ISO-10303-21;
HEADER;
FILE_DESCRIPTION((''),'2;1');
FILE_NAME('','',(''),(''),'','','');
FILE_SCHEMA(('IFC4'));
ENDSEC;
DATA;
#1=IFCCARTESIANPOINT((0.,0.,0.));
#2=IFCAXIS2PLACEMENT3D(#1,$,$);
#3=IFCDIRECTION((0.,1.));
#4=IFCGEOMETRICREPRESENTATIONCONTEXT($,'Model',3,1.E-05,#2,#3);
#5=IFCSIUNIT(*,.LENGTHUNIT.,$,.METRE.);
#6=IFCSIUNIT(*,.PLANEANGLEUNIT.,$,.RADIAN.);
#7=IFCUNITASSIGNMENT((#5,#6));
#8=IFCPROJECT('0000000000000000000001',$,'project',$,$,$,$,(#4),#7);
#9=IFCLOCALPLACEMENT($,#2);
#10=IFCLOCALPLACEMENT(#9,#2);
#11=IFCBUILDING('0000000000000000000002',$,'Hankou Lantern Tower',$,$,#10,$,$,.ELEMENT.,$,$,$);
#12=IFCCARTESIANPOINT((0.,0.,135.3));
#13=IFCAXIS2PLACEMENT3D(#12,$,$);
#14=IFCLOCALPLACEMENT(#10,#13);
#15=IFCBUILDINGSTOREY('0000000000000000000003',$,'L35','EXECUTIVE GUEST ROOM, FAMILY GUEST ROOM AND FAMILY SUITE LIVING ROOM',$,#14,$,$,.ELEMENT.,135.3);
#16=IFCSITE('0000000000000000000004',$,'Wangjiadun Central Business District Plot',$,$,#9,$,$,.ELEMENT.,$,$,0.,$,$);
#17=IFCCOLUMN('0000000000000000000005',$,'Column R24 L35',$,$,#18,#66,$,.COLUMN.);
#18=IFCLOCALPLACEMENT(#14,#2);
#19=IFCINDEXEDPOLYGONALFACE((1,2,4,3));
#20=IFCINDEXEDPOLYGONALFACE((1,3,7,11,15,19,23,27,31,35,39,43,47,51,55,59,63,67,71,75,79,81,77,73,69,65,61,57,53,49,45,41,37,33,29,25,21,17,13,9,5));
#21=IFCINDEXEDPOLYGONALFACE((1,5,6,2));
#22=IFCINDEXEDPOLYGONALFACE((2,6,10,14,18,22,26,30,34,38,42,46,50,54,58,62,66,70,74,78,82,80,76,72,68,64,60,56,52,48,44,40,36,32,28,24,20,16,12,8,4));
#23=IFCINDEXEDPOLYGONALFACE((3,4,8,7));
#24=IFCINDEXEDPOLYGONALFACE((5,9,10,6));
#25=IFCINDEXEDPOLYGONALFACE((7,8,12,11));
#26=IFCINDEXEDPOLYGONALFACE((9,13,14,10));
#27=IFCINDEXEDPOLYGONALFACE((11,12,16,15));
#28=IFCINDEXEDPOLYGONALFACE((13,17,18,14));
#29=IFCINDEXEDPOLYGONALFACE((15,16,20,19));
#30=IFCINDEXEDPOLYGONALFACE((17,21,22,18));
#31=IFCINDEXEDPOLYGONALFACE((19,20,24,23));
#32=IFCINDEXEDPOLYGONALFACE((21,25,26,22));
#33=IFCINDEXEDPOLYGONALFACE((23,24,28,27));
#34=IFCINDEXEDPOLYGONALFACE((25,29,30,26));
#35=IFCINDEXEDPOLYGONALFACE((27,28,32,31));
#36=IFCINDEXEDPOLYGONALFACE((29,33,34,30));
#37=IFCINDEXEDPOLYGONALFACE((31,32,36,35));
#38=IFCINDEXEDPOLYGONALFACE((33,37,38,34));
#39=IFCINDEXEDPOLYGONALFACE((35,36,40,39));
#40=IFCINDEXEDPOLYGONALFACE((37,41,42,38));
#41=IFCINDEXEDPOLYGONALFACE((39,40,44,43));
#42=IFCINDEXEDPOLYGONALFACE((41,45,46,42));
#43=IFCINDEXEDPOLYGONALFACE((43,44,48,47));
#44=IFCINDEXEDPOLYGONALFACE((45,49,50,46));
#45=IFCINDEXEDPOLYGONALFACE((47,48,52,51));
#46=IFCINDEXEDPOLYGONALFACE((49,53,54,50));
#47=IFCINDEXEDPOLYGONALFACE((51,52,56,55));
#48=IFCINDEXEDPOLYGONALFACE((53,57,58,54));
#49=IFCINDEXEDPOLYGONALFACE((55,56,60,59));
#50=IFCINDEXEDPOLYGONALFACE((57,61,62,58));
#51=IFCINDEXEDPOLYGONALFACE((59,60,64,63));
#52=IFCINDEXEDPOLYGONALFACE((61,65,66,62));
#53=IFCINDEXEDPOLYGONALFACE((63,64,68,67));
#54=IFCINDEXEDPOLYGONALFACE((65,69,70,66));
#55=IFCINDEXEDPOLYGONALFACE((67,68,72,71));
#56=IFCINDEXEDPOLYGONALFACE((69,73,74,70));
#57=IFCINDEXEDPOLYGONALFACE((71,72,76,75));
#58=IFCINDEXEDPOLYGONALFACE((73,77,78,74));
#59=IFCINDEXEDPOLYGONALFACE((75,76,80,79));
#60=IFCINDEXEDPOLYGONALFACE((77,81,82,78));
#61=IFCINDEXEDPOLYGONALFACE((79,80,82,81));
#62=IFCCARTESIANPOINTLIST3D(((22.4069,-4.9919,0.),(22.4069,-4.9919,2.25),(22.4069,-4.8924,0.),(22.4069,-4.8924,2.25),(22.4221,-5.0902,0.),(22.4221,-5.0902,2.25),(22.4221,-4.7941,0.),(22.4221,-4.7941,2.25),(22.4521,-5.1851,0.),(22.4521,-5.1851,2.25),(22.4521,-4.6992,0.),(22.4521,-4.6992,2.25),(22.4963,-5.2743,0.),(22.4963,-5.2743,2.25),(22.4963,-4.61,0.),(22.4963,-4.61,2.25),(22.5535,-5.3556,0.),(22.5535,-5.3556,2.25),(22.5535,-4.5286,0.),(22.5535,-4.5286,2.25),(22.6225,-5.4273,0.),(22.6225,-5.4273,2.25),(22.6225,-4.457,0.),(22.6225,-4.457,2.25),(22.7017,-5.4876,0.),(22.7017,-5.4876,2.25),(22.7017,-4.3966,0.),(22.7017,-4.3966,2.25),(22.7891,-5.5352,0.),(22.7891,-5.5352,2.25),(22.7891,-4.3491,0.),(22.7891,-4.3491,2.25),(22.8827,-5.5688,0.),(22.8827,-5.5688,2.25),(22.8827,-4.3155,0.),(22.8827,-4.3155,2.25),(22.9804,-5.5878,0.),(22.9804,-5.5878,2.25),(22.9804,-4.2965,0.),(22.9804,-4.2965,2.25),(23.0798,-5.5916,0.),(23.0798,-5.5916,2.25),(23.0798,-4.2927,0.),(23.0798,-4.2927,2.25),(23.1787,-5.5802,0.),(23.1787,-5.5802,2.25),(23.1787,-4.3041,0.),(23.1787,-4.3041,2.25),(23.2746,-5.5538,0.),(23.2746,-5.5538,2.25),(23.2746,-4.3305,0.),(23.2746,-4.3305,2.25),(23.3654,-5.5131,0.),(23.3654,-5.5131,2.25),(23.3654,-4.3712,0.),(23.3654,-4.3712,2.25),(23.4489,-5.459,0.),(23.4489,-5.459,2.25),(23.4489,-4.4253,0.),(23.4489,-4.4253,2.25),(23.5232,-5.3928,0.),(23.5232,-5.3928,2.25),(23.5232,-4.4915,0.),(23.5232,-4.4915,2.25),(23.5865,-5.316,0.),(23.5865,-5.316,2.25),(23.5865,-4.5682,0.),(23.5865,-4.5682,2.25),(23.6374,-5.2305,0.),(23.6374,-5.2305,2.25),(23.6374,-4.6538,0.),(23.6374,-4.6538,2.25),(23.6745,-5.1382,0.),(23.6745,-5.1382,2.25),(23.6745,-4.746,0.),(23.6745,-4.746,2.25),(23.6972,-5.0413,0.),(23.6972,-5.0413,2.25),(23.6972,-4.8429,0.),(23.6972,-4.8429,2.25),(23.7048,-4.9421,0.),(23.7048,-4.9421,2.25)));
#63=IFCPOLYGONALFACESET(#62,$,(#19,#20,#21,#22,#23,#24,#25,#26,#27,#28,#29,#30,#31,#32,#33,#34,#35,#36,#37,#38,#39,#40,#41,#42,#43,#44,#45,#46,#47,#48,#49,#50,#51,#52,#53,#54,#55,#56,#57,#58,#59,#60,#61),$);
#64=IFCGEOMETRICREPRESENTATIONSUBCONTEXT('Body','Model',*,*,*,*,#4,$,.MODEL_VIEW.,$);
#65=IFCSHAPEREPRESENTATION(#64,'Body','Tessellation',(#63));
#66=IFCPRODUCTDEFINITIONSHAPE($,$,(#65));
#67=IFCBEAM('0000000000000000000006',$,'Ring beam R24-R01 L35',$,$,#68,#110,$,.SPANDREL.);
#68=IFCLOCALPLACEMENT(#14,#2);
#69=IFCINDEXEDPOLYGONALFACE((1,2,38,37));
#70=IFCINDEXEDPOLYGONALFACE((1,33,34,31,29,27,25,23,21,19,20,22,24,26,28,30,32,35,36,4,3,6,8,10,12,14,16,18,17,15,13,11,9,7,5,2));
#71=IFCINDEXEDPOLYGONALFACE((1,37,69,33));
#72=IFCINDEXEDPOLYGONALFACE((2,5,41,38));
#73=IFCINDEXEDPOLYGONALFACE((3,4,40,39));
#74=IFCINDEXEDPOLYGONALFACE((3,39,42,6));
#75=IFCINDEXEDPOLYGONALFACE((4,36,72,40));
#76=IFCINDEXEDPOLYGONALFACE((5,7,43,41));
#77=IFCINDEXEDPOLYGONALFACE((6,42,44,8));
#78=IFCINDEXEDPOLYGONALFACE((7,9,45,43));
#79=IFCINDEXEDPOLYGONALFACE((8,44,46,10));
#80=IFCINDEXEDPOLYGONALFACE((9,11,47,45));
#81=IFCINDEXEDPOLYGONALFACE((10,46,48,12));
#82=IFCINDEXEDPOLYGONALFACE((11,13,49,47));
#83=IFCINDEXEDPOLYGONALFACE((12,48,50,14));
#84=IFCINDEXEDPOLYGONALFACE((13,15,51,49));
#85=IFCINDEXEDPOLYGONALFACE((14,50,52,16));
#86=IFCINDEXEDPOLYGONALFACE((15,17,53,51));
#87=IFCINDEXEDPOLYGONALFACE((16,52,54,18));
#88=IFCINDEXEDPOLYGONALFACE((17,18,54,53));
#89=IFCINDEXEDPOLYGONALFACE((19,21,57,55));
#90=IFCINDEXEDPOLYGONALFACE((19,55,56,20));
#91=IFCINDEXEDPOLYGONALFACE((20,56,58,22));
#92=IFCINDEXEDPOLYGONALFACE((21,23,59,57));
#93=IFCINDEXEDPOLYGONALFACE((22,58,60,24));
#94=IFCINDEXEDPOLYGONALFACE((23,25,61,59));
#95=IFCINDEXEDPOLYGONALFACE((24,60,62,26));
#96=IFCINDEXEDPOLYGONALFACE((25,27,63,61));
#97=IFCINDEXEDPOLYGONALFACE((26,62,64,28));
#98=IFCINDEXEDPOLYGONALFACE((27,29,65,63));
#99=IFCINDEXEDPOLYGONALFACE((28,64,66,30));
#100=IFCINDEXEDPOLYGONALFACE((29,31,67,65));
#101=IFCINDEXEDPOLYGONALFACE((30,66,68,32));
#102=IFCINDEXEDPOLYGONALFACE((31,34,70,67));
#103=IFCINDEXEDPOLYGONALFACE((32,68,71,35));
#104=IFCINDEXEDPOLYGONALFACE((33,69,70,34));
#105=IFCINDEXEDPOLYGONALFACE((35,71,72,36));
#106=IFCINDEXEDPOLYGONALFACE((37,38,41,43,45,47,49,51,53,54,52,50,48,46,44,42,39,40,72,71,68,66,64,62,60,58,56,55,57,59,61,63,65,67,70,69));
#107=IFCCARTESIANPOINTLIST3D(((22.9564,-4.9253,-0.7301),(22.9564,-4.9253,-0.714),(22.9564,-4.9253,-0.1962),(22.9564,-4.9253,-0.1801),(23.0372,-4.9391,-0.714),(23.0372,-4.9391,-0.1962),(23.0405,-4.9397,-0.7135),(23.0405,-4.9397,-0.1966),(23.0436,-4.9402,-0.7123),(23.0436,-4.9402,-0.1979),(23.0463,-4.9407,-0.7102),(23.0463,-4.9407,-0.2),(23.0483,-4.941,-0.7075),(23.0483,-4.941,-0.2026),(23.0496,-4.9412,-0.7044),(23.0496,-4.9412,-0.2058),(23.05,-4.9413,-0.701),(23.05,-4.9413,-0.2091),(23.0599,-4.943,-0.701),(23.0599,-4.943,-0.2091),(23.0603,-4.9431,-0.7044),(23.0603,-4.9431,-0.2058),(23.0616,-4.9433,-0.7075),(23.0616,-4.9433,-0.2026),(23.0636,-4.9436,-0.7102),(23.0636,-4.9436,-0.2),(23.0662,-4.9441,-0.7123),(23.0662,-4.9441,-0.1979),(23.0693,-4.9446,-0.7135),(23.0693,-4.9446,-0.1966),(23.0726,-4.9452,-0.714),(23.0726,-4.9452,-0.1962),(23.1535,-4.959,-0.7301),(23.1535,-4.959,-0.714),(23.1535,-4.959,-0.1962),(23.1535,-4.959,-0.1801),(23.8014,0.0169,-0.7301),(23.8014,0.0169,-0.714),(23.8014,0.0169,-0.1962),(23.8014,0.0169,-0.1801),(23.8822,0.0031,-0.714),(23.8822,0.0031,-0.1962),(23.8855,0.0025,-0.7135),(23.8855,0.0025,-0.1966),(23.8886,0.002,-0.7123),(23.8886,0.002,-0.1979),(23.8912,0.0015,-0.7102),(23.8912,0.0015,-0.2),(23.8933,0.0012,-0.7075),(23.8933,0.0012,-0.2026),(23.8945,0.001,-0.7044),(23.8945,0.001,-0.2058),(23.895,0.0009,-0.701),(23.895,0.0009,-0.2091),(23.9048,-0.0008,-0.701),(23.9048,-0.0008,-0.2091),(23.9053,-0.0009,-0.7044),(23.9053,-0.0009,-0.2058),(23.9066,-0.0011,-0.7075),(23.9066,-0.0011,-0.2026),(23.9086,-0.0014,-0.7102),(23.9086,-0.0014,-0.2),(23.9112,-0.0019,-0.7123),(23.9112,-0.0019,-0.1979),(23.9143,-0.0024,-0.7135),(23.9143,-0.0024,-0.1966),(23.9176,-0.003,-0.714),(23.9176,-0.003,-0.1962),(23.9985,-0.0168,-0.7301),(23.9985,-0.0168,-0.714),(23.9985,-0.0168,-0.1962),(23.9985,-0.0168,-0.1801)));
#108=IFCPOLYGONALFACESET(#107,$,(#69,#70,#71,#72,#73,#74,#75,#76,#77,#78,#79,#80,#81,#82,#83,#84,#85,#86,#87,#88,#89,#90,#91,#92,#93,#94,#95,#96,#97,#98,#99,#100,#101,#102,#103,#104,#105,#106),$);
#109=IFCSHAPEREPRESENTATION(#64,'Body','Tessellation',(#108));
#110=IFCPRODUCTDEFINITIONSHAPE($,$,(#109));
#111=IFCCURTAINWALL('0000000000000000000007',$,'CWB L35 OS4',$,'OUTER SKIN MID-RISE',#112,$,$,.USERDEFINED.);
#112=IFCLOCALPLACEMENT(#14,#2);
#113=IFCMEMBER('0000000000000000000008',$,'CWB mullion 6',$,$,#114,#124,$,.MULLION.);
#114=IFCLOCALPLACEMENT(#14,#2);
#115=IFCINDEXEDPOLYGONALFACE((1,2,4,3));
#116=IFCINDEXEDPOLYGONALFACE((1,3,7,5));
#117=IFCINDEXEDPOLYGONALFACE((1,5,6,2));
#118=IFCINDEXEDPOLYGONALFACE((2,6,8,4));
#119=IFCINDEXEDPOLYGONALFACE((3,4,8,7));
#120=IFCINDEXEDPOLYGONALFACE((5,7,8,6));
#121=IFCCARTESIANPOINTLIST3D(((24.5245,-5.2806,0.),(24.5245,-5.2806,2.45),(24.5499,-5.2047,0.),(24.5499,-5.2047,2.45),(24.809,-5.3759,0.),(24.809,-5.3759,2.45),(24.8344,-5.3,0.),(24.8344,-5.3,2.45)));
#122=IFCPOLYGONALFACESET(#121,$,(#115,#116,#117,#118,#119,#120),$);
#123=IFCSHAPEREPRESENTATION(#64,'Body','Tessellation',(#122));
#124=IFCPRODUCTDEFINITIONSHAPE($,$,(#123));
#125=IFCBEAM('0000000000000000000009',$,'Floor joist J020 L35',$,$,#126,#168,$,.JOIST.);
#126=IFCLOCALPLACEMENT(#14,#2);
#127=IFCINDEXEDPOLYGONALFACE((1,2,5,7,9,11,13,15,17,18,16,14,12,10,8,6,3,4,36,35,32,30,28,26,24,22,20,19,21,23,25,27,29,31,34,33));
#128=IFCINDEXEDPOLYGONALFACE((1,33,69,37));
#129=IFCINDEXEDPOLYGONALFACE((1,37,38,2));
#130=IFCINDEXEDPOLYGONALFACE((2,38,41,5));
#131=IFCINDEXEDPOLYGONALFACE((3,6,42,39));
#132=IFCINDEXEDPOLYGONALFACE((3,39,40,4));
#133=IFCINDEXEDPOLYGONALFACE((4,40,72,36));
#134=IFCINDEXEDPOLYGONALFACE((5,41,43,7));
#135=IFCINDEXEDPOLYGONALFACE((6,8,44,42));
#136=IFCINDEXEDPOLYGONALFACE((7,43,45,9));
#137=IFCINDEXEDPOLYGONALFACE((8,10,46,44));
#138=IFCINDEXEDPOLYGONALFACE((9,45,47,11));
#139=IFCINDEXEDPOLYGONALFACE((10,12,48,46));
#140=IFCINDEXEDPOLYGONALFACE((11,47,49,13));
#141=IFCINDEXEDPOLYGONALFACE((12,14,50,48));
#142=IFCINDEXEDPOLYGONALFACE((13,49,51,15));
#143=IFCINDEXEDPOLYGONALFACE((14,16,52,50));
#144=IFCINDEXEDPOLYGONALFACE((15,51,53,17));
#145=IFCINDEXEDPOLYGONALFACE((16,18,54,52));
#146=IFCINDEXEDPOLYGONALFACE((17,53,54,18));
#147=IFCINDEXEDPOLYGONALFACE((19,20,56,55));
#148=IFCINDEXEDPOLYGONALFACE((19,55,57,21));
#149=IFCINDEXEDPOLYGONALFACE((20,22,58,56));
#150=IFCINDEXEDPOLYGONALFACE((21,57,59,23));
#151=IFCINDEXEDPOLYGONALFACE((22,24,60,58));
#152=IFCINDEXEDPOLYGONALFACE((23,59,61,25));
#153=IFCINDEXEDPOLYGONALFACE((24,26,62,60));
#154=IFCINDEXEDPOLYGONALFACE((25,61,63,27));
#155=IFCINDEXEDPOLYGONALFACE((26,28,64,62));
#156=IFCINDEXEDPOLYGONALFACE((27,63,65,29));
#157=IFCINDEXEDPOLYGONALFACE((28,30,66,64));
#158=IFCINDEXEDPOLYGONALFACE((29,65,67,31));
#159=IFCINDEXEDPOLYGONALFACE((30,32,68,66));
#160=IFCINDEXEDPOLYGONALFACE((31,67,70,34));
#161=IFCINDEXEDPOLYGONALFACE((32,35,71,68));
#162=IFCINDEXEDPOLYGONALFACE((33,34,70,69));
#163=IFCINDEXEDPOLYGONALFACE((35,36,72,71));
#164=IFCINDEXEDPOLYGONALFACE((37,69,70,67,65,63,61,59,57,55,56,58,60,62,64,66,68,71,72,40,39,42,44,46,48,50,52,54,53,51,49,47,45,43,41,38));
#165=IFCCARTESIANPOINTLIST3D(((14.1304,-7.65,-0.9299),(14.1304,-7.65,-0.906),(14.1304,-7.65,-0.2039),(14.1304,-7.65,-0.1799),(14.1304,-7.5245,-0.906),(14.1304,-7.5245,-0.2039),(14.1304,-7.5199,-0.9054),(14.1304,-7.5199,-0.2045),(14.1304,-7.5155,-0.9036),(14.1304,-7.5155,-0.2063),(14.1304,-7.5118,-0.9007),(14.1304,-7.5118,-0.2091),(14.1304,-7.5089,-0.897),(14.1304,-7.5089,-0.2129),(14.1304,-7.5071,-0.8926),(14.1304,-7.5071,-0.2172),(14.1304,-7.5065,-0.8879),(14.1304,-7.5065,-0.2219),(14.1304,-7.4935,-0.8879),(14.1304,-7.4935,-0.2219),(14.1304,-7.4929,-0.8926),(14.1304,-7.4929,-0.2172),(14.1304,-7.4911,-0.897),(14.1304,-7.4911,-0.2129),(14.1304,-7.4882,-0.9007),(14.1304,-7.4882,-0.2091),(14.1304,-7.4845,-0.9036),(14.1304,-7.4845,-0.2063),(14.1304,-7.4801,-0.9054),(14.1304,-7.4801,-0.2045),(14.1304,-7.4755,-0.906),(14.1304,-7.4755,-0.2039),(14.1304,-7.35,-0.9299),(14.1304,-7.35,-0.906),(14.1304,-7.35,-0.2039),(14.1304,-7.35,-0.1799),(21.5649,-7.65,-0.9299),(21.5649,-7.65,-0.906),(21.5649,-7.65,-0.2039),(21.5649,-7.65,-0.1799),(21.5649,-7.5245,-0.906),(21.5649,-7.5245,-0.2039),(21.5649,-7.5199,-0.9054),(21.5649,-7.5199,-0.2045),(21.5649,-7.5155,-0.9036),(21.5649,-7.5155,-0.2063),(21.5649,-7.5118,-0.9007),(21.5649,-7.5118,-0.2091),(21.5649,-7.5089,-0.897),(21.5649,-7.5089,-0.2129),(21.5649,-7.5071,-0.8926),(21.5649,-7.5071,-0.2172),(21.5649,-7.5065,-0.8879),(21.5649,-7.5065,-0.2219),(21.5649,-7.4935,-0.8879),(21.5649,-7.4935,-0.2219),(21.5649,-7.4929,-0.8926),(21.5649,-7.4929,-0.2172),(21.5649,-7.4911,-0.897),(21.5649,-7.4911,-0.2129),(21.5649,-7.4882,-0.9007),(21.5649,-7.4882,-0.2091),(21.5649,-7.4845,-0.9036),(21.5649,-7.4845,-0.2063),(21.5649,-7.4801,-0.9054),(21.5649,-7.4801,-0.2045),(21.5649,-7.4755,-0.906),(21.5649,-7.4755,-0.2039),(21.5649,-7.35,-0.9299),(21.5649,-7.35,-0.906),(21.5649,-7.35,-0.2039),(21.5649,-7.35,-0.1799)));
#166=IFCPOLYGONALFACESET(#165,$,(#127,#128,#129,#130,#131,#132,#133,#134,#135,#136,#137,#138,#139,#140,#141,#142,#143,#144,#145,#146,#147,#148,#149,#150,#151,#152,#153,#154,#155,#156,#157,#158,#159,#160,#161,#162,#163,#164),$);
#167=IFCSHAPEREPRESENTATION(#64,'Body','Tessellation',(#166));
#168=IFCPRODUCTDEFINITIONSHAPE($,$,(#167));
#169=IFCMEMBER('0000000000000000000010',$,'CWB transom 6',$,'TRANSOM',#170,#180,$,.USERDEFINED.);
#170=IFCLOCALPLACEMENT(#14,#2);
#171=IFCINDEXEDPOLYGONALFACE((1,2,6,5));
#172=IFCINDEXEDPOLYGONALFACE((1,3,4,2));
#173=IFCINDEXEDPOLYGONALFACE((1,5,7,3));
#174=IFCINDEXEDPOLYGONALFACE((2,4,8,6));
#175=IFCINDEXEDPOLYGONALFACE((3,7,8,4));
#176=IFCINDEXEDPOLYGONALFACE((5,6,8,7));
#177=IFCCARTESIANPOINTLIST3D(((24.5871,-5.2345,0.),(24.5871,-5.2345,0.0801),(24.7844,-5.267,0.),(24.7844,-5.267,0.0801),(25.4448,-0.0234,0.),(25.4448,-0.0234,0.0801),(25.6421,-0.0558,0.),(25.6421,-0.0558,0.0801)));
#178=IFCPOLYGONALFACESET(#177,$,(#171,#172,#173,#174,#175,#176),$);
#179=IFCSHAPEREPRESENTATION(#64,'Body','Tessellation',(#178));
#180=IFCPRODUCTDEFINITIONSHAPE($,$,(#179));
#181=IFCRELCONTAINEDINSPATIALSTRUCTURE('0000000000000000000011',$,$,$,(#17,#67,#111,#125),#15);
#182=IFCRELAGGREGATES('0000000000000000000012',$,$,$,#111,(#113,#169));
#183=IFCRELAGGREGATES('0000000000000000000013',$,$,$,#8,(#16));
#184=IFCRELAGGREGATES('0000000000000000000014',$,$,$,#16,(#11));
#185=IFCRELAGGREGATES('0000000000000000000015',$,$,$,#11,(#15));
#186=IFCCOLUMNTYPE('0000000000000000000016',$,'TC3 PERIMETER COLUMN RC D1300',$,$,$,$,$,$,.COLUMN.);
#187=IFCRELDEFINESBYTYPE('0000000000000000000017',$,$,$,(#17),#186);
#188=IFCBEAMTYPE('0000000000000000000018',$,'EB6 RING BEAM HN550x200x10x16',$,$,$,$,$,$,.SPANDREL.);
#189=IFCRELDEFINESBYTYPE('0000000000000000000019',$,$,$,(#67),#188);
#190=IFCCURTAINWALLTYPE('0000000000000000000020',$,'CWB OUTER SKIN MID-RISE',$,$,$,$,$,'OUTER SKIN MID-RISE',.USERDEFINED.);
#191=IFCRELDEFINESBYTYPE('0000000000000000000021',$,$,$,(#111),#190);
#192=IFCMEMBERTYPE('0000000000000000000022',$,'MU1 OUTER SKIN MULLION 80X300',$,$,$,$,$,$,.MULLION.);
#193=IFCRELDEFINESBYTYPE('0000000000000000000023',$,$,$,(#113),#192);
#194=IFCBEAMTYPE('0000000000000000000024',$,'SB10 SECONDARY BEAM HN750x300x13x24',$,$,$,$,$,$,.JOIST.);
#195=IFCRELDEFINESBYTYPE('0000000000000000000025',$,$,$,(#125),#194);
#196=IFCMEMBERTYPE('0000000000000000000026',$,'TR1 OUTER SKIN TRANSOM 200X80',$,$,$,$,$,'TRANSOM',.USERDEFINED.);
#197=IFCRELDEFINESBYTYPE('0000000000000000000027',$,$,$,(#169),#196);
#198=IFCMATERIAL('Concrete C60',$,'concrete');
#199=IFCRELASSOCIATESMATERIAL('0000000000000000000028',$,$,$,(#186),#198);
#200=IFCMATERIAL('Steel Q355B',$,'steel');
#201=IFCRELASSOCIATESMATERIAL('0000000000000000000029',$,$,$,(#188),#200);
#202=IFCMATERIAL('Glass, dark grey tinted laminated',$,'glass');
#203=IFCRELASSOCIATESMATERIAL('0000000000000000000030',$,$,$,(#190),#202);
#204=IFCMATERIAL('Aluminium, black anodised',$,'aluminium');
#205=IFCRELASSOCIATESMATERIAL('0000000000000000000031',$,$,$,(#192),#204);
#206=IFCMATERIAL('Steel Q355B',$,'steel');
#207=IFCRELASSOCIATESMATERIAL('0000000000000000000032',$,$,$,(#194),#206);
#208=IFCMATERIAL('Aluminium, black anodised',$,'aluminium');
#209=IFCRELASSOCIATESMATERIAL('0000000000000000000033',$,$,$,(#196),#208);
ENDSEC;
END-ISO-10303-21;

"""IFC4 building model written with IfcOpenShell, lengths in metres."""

from ifc_helpers import new_model, si_unit, direction, frame, origin, origin_2d, place, context, subcontext, project, spatial, rectangle, circle, i_section, extrude, clip, halfspace, material, material_profile, profile_set, type_object, element, aggregate, save


model = new_model("IFC4")

# Units and contexts
model_context = context("Model", 3, precision=1e-05, world=origin(), true_north=direction((0.0, 1.0)))
body_context = subcontext(model_context, "Body", "Model", "MODEL_VIEW")
ifc_project = project(units=[si_unit("LENGTHUNIT", "METRE"), si_unit("PLANEANGLEUNIT", "RADIAN")], contexts=[model_context])

# Site, building, storey
site_placement = place(None, origin())
site = spatial("IfcSite", under=ifc_project, at=site_placement, Name="Wangjiadun Central Business District Plot", CompositionType="ELEMENT", RefElevation=0.0)
building_placement = place(site_placement, origin())
building = spatial("IfcBuilding", under=site, at=building_placement, Name="Hankou Lantern Tower", CompositionType="ELEMENT")
storey_placement = place(building_placement, frame((0.0, 0.0, 135.3)))
storey = spatial("IfcBuildingStorey", under=building, at=storey_placement, Name="L35", Description="EXECUTIVE GUEST ROOM, FAMILY GUEST ROOM AND FAMILY SUITE LIVING ROOM", CompositionType="ELEMENT", Elevation=135.3)

# Column
ifc_material_1 = material(Name="Concrete C60", Category="concrete")
ifc_material_profile_1 = material_profile(ifc_material_1, circle(Radius=0.6499, at=origin_2d()), Name="RC D1300")
ifc_profile_set_1 = profile_set([ifc_material_profile_1], Name="Concrete C60")
column_type = type_object("IfcColumnType", Name="TC3 PERIMETER COLUMN RC D1300", PredefinedType="COLUMN", material=ifc_profile_set_1)
column_placement = place(storey_placement, frame((23.0549, -4.9421, 0.0), z_axis=(0.0, 0.0, 1.0), x_axis=(1.0, 0.0, 0.0)))
element("IfcColumn", 1, at=column_placement, inside=storey, type_object=column_type, Name="Column R24 L35", PredefinedType="COLUMN", context=body_context, shape_type="Clipping", body=[
    clip(extrude(circle(Radius=0.6499, at=origin_2d()), origin(), (0.0, 0.0, 1.0), 3.3), halfspace(frame((0.0, 0.0, 2.25), z_axis=(0.0, 0.0, 1.0), x_axis=(1.0, 0.0, 0.0)), False)),
])

# Beam
ifc_material_2 = material(Name="Steel Q355B", Category="steel")
ifc_material_profile_2 = material_profile(ifc_material_2, i_section(OverallWidth=0.2, OverallDepth=0.55, WebThickness=0.01, FlangeThickness=0.0161, FilletRadius=0.0129, at=origin_2d()), Name="HN550x200x10x16")
ifc_profile_set_2 = profile_set([ifc_material_profile_2], Name="Steel Q355B")
beam_type_1 = type_object("IfcBeamType", Name="EB6 RING BEAM HN550x200x10x16", PredefinedType="SPANDREL", material=ifc_profile_set_2)
beam_1_placement = place(storey_placement, frame((23.0549, -4.9421, -0.4551), z_axis=(0.168527, 0.985697, 0.0), x_axis=(-0.985697, 0.168527, 0.0)))
element("IfcBeam", 2, at=beam_1_placement, inside=storey, type_object=beam_type_1, Name="Ring beam R24-R01 L35", PredefinedType="SPANDREL", context=body_context, shape_type="SweptSolid", body=[
    extrude(i_section(OverallWidth=0.2, OverallDepth=0.55, WebThickness=0.01, FlangeThickness=0.0161, FilletRadius=0.0129, at=origin_2d()), origin(), (0.0, 0.0, 1.0), 5.0139),
])

# Curtain wall, member
ifc_material_3 = material(Name="Glass, dark grey tinted laminated", Category="glass")
curtain_wall_type = type_object("IfcCurtainWallType", Name="CWB OUTER SKIN MID-RISE", ElementType="OUTER SKIN MID-RISE", PredefinedType="USERDEFINED", material=ifc_material_3)
curtain_wall_placement = place(storey_placement, origin())
curtain_wall = element("IfcCurtainWall", 3, at=curtain_wall_placement, inside=storey, type_object=curtain_wall_type, Name="CWB L35 OS4", ObjectType="OUTER SKIN MID-RISE", PredefinedType="USERDEFINED")
ifc_material_4 = material(Name="Aluminium, black anodised", Category="aluminium")
ifc_material_profile_3 = material_profile(ifc_material_4, rectangle(XDim=0.0801, YDim=0.3, at=origin_2d()), Name="MU1 80X300")
ifc_profile_set_3 = profile_set([ifc_material_profile_3], Name="Aluminium, black anodised")
member_type_1 = type_object("IfcMemberType", Name="MU1 OUTER SKIN MULLION 80X300", PredefinedType="MULLION", material=ifc_profile_set_3)
member_1_placement = place(storey_placement, frame((24.6794, -5.2903, 0.0), z_axis=(0.0, 0.0, 1.0), x_axis=(0.317596, 0.948226, 0.0)))
member_1 = element("IfcMember", 4, at=member_1_placement, type_object=member_type_1, Name="CWB mullion 6", PredefinedType="MULLION", context=body_context, shape_type="SweptSolid", body=[
    extrude(rectangle(XDim=0.0801, YDim=0.3, at=origin_2d()), origin(), (0.0, 0.0, 1.0), 2.45),
])

# Beam
ifc_material_5 = material(Name="Steel Q355B", Category="steel")
ifc_material_profile_4 = material_profile(ifc_material_5, i_section(OverallWidth=0.3, OverallDepth=0.75, WebThickness=0.0129, FlangeThickness=0.0239, FilletRadius=0.0181, at=origin_2d()), Name="HN750x300x13x24")
ifc_profile_set_4 = profile_set([ifc_material_profile_4], Name="Steel Q355B")
beam_type_2 = type_object("IfcBeamType", Name="SB10 SECONDARY BEAM HN750x300x13x24", PredefinedType="JOIST", material=ifc_profile_set_4)
beam_2_placement = place(storey_placement, frame((14.1304, -7.5, -0.5549), z_axis=(1.0, 0.0, 0.0), x_axis=(0.0, 1.0, 0.0)))
element("IfcBeam", 5, at=beam_2_placement, inside=storey, type_object=beam_type_2, Name="Floor joist J020 L35", PredefinedType="JOIST", context=body_context, shape_type="SweptSolid", body=[
    extrude(i_section(OverallWidth=0.3, OverallDepth=0.75, WebThickness=0.0129, FlangeThickness=0.0239, FilletRadius=0.0181, at=origin_2d()), origin(), (0.0, 0.0, 1.0), 7.4346),
])

# Member
ifc_material_6 = material(Name="Aluminium, black anodised", Category="aluminium")
ifc_material_profile_5 = material_profile(ifc_material_6, rectangle(XDim=0.2, YDim=0.0801, at=origin_2d()), Name="TR1 200X80")
ifc_profile_set_5 = profile_set([ifc_material_profile_5], Name="Aluminium, black anodised")
member_type_2 = type_object("IfcMemberType", Name="TR1 OUTER SKIN TRANSOM 200X80", ElementType="TRANSOM", PredefinedType="USERDEFINED", material=ifc_profile_set_5)
member_2_placement = place(storey_placement, frame((24.6858, -5.2507, 0.04), z_axis=(0.162397, 0.986725, 0.0), x_axis=(-0.986725, 0.162397, 0.0)))
member_2 = element("IfcMember", 6, at=member_2_placement, type_object=member_type_2, Name="CWB transom 6", ObjectType="TRANSOM", PredefinedType="USERDEFINED", context=body_context, shape_type="SweptSolid", body=[
    extrude(rectangle(XDim=0.2, YDim=0.0801, at=origin_2d()), origin(), (0.0, 0.0, 1.0), 5.2812),
])

aggregate(curtain_wall, [member_1, member_2])

save(model, "model.ifc")
